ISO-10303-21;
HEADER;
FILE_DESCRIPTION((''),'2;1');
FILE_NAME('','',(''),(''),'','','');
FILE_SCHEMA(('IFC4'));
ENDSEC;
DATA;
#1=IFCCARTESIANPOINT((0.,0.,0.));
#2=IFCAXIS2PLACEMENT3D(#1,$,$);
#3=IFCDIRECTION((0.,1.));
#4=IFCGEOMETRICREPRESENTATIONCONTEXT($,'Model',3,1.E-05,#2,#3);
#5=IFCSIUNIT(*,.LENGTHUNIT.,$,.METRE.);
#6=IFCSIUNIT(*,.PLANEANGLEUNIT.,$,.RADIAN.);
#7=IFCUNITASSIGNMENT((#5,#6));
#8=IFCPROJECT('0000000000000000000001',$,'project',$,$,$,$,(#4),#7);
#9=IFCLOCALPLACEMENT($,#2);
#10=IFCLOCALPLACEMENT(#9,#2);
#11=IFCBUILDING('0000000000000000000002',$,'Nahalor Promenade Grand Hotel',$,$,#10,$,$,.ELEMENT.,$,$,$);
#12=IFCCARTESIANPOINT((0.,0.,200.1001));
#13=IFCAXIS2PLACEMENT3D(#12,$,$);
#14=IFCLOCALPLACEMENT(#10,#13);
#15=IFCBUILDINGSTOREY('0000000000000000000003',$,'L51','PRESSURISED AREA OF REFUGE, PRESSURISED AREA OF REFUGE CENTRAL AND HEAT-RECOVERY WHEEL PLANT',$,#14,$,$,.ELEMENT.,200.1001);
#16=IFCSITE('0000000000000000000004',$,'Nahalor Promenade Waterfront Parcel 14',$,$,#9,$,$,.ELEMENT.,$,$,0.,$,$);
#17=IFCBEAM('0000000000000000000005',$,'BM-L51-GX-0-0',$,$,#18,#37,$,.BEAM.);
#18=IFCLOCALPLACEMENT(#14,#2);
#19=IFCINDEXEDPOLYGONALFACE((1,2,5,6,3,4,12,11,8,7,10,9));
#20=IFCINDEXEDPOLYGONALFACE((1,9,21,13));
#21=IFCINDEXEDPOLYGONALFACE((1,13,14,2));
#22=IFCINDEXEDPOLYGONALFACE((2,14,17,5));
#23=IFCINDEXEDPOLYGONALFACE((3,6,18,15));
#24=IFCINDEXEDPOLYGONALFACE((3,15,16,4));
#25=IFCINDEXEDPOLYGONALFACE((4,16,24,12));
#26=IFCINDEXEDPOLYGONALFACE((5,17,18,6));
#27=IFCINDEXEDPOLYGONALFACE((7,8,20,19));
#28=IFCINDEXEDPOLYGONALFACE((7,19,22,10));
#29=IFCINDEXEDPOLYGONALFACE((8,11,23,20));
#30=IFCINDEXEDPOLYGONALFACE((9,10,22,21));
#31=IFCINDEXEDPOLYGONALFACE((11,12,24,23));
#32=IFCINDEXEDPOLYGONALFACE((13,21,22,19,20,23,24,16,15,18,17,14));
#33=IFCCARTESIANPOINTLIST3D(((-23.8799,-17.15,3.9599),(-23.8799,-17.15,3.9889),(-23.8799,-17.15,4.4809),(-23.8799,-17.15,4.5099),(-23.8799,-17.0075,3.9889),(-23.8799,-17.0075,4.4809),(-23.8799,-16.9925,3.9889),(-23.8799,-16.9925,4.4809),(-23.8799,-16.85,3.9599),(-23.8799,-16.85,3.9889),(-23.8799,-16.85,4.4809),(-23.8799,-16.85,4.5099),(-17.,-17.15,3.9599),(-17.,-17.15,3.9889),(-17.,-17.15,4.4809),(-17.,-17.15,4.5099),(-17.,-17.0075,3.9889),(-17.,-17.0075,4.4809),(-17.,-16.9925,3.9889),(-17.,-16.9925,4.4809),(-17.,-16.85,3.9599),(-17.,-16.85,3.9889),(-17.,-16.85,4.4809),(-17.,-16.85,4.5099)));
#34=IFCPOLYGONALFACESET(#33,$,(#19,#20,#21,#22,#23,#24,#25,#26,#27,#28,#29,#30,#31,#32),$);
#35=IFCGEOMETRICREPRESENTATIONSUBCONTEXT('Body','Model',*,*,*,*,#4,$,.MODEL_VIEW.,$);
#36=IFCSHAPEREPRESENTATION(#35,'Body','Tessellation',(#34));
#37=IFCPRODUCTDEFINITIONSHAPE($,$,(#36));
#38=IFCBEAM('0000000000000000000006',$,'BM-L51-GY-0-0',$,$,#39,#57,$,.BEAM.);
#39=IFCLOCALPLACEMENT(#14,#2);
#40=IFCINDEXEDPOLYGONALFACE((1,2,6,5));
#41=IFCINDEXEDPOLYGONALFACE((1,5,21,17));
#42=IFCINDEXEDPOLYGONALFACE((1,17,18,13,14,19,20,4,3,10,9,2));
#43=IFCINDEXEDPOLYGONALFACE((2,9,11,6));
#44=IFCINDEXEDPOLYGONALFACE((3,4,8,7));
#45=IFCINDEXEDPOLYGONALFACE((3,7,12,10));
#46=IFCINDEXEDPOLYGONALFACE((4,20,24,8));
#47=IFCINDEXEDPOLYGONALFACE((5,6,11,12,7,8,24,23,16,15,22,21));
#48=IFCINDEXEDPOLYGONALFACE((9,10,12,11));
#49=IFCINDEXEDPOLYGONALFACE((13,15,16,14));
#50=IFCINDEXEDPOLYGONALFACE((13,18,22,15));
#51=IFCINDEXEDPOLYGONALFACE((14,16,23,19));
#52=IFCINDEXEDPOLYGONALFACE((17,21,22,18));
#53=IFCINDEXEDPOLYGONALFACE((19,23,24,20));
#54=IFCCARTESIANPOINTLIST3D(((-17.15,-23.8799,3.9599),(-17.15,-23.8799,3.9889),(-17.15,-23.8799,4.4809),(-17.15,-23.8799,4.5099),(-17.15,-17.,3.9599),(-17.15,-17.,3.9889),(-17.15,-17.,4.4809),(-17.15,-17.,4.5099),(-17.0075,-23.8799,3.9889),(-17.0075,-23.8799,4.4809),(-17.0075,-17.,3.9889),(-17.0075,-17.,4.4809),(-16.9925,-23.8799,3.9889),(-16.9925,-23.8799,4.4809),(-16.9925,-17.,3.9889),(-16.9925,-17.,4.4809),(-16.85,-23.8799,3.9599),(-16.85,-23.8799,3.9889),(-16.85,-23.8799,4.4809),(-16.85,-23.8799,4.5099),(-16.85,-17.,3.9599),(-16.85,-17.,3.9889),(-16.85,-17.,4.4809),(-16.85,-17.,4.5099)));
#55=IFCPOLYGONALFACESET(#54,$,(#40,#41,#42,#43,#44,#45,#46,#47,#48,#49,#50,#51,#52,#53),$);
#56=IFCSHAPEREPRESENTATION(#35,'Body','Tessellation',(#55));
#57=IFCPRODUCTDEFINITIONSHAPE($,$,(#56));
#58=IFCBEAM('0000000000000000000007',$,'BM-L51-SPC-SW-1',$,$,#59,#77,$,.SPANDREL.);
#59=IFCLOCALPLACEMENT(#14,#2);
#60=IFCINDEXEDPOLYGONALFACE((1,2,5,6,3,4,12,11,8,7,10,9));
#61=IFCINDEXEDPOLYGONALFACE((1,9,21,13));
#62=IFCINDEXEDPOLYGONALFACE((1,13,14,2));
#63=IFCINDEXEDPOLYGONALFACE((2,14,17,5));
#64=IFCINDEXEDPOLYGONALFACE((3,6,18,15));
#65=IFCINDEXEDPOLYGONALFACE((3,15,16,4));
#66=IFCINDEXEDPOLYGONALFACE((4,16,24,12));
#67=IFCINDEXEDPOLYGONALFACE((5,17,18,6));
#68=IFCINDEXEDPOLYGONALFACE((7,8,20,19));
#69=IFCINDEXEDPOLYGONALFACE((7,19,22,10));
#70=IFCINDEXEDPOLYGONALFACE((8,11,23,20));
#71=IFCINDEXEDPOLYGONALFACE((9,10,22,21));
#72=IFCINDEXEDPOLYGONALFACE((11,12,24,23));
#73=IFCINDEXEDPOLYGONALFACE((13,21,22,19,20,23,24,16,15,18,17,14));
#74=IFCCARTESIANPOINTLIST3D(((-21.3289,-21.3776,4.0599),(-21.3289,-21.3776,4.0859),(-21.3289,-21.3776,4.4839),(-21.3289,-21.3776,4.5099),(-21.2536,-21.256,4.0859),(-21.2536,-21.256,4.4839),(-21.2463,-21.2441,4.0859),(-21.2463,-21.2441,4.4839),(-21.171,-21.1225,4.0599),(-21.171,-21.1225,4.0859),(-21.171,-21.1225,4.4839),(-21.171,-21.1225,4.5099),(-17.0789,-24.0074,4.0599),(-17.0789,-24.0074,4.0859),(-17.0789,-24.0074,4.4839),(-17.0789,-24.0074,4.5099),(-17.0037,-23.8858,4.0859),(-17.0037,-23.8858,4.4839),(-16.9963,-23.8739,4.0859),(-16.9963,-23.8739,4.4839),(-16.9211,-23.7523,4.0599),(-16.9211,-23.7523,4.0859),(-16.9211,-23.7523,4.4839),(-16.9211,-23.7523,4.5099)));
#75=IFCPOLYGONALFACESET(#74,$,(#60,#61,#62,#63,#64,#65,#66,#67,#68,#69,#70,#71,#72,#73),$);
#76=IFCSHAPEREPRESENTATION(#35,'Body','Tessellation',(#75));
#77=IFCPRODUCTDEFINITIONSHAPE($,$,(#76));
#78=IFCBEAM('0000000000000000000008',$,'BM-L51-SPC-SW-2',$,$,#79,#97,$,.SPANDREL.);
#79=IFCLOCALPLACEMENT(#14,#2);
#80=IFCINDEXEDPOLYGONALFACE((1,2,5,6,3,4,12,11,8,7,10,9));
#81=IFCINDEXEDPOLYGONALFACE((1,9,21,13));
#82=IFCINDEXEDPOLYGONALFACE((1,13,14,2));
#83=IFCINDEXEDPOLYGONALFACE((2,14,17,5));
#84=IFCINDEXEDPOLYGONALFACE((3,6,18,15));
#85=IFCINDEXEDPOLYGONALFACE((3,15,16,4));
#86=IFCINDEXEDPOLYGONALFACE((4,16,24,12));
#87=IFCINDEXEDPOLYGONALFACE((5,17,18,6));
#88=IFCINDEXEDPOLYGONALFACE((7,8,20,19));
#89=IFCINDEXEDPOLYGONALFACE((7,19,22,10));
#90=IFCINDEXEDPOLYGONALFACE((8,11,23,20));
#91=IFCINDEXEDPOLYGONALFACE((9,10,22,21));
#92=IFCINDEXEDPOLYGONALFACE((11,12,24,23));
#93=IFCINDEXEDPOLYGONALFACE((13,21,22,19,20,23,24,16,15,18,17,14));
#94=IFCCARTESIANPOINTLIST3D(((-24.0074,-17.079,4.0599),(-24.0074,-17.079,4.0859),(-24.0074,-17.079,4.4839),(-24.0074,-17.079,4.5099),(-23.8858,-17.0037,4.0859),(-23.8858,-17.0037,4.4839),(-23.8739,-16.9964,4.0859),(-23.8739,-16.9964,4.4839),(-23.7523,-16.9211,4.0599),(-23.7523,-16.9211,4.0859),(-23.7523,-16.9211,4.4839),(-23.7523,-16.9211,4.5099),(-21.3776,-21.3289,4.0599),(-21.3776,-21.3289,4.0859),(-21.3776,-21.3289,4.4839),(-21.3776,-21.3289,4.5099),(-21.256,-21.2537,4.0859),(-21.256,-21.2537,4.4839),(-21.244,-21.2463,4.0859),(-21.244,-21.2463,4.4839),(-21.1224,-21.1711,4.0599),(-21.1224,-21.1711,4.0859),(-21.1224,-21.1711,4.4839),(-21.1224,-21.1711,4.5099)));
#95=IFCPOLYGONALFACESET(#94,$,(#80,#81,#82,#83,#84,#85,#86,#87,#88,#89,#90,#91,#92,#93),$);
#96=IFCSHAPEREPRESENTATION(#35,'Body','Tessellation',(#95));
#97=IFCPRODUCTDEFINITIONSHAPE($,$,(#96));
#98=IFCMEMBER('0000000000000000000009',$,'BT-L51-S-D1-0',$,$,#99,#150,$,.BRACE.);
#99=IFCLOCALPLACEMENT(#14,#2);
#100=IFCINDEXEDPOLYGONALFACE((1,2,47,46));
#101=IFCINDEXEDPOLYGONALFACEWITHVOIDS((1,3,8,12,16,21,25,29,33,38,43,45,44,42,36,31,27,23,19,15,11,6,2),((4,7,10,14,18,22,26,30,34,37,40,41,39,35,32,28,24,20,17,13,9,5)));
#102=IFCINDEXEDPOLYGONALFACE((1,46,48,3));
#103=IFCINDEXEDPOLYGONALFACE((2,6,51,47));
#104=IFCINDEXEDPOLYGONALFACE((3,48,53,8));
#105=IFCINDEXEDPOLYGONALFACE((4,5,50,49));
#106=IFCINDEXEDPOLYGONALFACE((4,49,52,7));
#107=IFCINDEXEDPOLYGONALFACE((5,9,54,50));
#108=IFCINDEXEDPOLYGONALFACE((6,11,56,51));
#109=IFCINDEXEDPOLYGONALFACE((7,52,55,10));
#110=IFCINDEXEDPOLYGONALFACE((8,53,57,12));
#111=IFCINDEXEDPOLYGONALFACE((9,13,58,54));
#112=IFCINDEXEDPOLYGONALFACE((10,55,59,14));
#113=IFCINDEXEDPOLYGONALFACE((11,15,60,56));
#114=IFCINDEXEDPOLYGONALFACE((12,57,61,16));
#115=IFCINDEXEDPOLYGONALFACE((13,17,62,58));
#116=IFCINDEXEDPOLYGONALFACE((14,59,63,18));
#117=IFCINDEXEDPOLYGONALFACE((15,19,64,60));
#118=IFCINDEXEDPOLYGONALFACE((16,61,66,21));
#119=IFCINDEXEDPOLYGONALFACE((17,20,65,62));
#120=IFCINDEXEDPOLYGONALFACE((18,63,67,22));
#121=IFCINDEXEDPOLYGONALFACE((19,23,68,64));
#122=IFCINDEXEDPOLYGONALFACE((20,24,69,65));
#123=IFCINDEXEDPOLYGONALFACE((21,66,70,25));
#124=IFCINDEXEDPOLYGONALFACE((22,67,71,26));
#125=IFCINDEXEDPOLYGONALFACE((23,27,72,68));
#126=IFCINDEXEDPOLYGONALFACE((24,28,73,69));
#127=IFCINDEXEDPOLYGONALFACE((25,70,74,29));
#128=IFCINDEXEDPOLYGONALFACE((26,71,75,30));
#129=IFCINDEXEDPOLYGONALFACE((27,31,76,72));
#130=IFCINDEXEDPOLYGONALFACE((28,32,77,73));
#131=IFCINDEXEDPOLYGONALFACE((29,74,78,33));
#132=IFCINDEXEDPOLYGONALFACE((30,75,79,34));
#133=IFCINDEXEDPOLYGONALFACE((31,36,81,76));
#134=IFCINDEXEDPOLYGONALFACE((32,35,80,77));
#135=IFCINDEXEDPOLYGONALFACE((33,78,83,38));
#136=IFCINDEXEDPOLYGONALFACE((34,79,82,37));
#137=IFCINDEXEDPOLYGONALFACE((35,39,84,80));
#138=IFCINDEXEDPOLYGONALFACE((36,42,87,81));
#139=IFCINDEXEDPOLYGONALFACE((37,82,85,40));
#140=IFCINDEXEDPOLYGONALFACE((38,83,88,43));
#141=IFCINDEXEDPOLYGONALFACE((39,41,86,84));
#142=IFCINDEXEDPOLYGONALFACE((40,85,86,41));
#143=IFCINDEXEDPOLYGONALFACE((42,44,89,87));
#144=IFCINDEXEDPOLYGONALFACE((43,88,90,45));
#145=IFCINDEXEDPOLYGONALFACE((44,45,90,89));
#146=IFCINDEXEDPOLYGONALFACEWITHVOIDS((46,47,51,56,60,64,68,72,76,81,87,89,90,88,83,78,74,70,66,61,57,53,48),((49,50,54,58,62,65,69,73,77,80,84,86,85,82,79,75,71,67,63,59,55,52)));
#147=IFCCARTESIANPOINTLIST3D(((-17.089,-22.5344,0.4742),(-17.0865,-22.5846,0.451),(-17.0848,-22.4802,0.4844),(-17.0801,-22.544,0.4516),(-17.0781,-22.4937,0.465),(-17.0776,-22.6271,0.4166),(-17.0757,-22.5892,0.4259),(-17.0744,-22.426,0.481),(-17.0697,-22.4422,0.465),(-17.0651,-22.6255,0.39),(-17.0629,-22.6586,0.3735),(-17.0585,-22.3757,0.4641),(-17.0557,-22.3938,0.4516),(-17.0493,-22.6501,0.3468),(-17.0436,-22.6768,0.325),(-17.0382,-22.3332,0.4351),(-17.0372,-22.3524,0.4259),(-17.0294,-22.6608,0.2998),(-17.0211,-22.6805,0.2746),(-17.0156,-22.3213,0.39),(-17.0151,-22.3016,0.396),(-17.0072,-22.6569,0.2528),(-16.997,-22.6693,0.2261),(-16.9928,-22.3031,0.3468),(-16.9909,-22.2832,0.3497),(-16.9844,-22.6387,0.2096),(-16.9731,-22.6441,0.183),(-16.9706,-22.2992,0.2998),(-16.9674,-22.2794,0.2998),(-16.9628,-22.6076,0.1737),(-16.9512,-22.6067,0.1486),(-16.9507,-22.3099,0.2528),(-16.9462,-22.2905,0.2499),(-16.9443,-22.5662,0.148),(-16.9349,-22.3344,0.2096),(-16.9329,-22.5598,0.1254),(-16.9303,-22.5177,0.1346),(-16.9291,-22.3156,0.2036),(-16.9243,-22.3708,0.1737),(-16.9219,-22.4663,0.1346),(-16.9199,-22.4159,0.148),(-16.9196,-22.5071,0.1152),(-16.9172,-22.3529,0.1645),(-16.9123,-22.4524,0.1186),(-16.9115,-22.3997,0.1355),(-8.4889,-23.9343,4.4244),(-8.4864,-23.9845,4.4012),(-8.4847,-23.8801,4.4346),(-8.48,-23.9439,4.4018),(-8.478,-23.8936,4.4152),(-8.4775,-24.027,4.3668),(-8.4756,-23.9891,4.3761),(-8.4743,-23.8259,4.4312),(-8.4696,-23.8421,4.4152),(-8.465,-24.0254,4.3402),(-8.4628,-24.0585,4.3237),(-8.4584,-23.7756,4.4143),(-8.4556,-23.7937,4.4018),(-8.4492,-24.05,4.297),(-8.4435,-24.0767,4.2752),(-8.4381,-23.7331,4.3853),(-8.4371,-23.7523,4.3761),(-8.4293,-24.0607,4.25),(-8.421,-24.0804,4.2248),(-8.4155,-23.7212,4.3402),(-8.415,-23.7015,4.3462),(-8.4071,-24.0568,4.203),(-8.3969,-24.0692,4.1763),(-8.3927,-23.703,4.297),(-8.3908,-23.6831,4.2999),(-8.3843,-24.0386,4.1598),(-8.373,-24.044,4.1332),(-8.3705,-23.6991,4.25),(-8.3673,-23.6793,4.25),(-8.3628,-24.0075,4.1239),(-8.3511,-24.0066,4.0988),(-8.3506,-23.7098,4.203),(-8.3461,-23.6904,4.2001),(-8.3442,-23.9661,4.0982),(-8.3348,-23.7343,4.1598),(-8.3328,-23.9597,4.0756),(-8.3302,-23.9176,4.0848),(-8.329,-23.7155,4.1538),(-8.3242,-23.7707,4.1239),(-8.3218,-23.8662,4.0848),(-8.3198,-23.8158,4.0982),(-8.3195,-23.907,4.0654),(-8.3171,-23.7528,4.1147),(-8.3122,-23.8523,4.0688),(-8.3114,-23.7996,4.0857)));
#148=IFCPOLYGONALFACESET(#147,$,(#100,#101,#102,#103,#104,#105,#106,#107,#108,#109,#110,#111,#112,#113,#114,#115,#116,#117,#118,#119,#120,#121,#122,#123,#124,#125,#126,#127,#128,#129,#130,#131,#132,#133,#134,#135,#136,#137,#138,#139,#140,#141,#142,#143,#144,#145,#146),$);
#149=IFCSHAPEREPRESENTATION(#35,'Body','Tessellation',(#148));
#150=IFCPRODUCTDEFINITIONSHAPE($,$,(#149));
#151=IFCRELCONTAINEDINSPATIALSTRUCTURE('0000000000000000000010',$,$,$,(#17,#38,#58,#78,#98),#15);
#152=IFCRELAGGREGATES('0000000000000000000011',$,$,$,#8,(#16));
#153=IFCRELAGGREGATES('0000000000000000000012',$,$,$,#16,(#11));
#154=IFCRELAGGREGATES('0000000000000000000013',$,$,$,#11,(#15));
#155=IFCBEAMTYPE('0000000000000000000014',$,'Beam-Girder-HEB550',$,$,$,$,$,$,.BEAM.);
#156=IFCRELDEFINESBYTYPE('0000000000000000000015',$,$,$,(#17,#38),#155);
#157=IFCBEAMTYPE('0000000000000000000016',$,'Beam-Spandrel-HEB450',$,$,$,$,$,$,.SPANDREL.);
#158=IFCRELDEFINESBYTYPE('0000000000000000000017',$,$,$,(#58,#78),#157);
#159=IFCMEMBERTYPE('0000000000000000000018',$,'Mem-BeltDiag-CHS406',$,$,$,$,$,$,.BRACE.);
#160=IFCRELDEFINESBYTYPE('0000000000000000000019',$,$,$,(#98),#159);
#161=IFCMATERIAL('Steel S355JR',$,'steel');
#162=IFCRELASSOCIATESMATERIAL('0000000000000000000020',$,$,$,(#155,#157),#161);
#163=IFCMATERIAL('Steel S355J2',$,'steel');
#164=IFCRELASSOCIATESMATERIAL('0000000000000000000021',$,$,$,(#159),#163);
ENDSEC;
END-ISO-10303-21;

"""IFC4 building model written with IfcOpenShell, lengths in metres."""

from ifc_helpers import new_model, si_unit, direction, frame, origin, origin_2d, place, context, subcontext, project, spatial, hollow_circle, i_section, extrude, source, transform, mapped, material, material_profile, profile_set, type_object, element, save


model = new_model("IFC4")

# Units and contexts
model_context = context("Model", 3, precision=1e-05, world=origin(), true_north=direction((0.0, 1.0)))
body_context = subcontext(model_context, "Body", "Model", "MODEL_VIEW")
ifc_project = project(units=[si_unit("LENGTHUNIT", "METRE"), si_unit("PLANEANGLEUNIT", "RADIAN")], contexts=[model_context])

# Site, building, storey
site_placement = place(None, origin())
site = spatial("IfcSite", under=ifc_project, at=site_placement, Name="Nahalor Promenade Waterfront Parcel 14", CompositionType="ELEMENT", RefElevation=0.0)
building_placement = place(site_placement, origin())
building = spatial("IfcBuilding", under=site, at=building_placement, Name="Nahalor Promenade Grand Hotel", CompositionType="ELEMENT")
storey_placement = place(building_placement, frame((0.0, 0.0, 200.1001)))
storey = spatial("IfcBuildingStorey", under=building, at=storey_placement, Name="L51", Description="PRESSURISED AREA OF REFUGE, PRESSURISED AREA OF REFUGE CENTRAL AND HEAT-RECOVERY WHEEL PLANT", CompositionType="ELEMENT", Elevation=200.1001)

# Shared definitions
ifc_material_1 = material(Name="Steel S355J2", Category="steel")

# Beams
ifc_material_2 = material(Name="Steel S355JR", Category="steel")
ifc_material_profile_1 = material_profile(ifc_material_2, i_section(OverallWidth=0.3, OverallDepth=0.55, WebThickness=0.015, FlangeThickness=0.029, at=origin_2d()), Name="HEB 550")
ifc_profile_set_1 = profile_set([ifc_material_profile_1], Name="Steel S355JR")
beam_type_1 = type_object("IfcBeamType", Name="Beam-Girder-HEB550", PredefinedType="BEAM", material=ifc_profile_set_1)
ifc_material_profile_2 = material_profile(ifc_material_2, i_section(OverallWidth=0.3, OverallDepth=0.45, WebThickness=0.014, FlangeThickness=0.026, at=origin_2d()), Name="HEB 450")
ifc_profile_set_2 = profile_set([ifc_material_profile_2], Name="Steel S355JR")
beam_type_2 = type_object("IfcBeamType", Name="Beam-Spandrel-HEB450", PredefinedType="SPANDREL", material=ifc_profile_set_2)
shared_shape_1 = source(origin(), body_context, "Body", "SweptSolid", [
    extrude(i_section(OverallWidth=0.3, OverallDepth=0.55, WebThickness=0.015, FlangeThickness=0.029, at=origin_2d()), origin(), (0.0, 0.0, 1.0), 6.8799),
])
for number, where, z_axis, x_axis, name in (
    (1, (-23.8799, -17.0, 4.2349), (1.0, 0.0, 0.0), (0.0, 1.0, 0.0), "BM-L51-GX-0-0"),
    (2, (-17.0, -23.8799, 4.2349), (0.0, 1.0, 0.0), (-1.0, 0.0, 0.0), "BM-L51-GY-0-0"),
):
    element("IfcBeam", number, at=place(storey_placement, frame(where, z_axis=z_axis, x_axis=x_axis)), inside=storey, type_object=beam_type_1, Name=name, PredefinedType="BEAM", context=body_context, shape_type="MappedRepresentation", body=[
        mapped(shared_shape_1, transform((0.0, 0.0, 0.0), scale=1.0)),
    ])
shared_shape_2 = source(origin(), body_context, "Body", "SweptSolid", [
    extrude(i_section(OverallWidth=0.3, OverallDepth=0.45, WebThickness=0.014, FlangeThickness=0.026, at=origin_2d()), origin(), (0.0, 0.0, 1.0), 4.9978),
])
for number, where, z_axis, x_axis, name in (
    (3, (-17.0, -23.8799, 4.2849), (-0.850361, 0.5262, 0.0), (-0.5262, -0.850361, 0.0), "BM-L51-SPC-SW-1"),
    (4, (-21.25, -21.25, 4.2849), (-0.5262, 0.850361, 0.0), (-0.850361, -0.5262, 0.0), "BM-L51-SPC-SW-2"),
):
    element("IfcBeam", number, at=place(storey_placement, frame(where, z_axis=z_axis, x_axis=x_axis)), inside=storey, type_object=beam_type_2, Name=name, PredefinedType="SPANDREL", context=body_context, shape_type="MappedRepresentation", body=[
        mapped(shared_shape_2, transform((0.0, 0.0, 0.0), scale=1.0)),
    ])

# Member
ifc_material_profile_3 = material_profile(ifc_material_1, hollow_circle(Radius=0.2032, WallThickness=0.02, at=origin_2d()), Name="CHS 406.4x20")
ifc_profile_set_3 = profile_set([ifc_material_profile_3], Name="Steel S355J2")
member_type = type_object("IfcMemberType", Name="Mem-BeltDiag-CHS406", PredefinedType="BRACE", material=ifc_profile_set_3)
shared_shape_3 = source(origin(), body_context, "Body", "SweptSolid", [
    extrude(hollow_circle(Radius=0.2032, WallThickness=0.02, at=origin_2d()), origin(), (0.0, 0.0, 1.0), 9.5669),
])
member_1_placement = place(storey_placement, frame((-17.0, -22.48, 0.2998), z_axis=(0.898944, -0.146328, 0.412903), x_axis=(0.160663, 0.987009, 0.0)))
element("IfcMember", 5, at=member_1_placement, inside=storey, type_object=member_type, Name="BT-L51-S-D1-0", PredefinedType="BRACE", context=body_context, shape_type="MappedRepresentation", body=[
    mapped(shared_shape_3, transform((0.0, 0.0, 0.0), scale=1.0)),
])

save(model, "model.ifc")
